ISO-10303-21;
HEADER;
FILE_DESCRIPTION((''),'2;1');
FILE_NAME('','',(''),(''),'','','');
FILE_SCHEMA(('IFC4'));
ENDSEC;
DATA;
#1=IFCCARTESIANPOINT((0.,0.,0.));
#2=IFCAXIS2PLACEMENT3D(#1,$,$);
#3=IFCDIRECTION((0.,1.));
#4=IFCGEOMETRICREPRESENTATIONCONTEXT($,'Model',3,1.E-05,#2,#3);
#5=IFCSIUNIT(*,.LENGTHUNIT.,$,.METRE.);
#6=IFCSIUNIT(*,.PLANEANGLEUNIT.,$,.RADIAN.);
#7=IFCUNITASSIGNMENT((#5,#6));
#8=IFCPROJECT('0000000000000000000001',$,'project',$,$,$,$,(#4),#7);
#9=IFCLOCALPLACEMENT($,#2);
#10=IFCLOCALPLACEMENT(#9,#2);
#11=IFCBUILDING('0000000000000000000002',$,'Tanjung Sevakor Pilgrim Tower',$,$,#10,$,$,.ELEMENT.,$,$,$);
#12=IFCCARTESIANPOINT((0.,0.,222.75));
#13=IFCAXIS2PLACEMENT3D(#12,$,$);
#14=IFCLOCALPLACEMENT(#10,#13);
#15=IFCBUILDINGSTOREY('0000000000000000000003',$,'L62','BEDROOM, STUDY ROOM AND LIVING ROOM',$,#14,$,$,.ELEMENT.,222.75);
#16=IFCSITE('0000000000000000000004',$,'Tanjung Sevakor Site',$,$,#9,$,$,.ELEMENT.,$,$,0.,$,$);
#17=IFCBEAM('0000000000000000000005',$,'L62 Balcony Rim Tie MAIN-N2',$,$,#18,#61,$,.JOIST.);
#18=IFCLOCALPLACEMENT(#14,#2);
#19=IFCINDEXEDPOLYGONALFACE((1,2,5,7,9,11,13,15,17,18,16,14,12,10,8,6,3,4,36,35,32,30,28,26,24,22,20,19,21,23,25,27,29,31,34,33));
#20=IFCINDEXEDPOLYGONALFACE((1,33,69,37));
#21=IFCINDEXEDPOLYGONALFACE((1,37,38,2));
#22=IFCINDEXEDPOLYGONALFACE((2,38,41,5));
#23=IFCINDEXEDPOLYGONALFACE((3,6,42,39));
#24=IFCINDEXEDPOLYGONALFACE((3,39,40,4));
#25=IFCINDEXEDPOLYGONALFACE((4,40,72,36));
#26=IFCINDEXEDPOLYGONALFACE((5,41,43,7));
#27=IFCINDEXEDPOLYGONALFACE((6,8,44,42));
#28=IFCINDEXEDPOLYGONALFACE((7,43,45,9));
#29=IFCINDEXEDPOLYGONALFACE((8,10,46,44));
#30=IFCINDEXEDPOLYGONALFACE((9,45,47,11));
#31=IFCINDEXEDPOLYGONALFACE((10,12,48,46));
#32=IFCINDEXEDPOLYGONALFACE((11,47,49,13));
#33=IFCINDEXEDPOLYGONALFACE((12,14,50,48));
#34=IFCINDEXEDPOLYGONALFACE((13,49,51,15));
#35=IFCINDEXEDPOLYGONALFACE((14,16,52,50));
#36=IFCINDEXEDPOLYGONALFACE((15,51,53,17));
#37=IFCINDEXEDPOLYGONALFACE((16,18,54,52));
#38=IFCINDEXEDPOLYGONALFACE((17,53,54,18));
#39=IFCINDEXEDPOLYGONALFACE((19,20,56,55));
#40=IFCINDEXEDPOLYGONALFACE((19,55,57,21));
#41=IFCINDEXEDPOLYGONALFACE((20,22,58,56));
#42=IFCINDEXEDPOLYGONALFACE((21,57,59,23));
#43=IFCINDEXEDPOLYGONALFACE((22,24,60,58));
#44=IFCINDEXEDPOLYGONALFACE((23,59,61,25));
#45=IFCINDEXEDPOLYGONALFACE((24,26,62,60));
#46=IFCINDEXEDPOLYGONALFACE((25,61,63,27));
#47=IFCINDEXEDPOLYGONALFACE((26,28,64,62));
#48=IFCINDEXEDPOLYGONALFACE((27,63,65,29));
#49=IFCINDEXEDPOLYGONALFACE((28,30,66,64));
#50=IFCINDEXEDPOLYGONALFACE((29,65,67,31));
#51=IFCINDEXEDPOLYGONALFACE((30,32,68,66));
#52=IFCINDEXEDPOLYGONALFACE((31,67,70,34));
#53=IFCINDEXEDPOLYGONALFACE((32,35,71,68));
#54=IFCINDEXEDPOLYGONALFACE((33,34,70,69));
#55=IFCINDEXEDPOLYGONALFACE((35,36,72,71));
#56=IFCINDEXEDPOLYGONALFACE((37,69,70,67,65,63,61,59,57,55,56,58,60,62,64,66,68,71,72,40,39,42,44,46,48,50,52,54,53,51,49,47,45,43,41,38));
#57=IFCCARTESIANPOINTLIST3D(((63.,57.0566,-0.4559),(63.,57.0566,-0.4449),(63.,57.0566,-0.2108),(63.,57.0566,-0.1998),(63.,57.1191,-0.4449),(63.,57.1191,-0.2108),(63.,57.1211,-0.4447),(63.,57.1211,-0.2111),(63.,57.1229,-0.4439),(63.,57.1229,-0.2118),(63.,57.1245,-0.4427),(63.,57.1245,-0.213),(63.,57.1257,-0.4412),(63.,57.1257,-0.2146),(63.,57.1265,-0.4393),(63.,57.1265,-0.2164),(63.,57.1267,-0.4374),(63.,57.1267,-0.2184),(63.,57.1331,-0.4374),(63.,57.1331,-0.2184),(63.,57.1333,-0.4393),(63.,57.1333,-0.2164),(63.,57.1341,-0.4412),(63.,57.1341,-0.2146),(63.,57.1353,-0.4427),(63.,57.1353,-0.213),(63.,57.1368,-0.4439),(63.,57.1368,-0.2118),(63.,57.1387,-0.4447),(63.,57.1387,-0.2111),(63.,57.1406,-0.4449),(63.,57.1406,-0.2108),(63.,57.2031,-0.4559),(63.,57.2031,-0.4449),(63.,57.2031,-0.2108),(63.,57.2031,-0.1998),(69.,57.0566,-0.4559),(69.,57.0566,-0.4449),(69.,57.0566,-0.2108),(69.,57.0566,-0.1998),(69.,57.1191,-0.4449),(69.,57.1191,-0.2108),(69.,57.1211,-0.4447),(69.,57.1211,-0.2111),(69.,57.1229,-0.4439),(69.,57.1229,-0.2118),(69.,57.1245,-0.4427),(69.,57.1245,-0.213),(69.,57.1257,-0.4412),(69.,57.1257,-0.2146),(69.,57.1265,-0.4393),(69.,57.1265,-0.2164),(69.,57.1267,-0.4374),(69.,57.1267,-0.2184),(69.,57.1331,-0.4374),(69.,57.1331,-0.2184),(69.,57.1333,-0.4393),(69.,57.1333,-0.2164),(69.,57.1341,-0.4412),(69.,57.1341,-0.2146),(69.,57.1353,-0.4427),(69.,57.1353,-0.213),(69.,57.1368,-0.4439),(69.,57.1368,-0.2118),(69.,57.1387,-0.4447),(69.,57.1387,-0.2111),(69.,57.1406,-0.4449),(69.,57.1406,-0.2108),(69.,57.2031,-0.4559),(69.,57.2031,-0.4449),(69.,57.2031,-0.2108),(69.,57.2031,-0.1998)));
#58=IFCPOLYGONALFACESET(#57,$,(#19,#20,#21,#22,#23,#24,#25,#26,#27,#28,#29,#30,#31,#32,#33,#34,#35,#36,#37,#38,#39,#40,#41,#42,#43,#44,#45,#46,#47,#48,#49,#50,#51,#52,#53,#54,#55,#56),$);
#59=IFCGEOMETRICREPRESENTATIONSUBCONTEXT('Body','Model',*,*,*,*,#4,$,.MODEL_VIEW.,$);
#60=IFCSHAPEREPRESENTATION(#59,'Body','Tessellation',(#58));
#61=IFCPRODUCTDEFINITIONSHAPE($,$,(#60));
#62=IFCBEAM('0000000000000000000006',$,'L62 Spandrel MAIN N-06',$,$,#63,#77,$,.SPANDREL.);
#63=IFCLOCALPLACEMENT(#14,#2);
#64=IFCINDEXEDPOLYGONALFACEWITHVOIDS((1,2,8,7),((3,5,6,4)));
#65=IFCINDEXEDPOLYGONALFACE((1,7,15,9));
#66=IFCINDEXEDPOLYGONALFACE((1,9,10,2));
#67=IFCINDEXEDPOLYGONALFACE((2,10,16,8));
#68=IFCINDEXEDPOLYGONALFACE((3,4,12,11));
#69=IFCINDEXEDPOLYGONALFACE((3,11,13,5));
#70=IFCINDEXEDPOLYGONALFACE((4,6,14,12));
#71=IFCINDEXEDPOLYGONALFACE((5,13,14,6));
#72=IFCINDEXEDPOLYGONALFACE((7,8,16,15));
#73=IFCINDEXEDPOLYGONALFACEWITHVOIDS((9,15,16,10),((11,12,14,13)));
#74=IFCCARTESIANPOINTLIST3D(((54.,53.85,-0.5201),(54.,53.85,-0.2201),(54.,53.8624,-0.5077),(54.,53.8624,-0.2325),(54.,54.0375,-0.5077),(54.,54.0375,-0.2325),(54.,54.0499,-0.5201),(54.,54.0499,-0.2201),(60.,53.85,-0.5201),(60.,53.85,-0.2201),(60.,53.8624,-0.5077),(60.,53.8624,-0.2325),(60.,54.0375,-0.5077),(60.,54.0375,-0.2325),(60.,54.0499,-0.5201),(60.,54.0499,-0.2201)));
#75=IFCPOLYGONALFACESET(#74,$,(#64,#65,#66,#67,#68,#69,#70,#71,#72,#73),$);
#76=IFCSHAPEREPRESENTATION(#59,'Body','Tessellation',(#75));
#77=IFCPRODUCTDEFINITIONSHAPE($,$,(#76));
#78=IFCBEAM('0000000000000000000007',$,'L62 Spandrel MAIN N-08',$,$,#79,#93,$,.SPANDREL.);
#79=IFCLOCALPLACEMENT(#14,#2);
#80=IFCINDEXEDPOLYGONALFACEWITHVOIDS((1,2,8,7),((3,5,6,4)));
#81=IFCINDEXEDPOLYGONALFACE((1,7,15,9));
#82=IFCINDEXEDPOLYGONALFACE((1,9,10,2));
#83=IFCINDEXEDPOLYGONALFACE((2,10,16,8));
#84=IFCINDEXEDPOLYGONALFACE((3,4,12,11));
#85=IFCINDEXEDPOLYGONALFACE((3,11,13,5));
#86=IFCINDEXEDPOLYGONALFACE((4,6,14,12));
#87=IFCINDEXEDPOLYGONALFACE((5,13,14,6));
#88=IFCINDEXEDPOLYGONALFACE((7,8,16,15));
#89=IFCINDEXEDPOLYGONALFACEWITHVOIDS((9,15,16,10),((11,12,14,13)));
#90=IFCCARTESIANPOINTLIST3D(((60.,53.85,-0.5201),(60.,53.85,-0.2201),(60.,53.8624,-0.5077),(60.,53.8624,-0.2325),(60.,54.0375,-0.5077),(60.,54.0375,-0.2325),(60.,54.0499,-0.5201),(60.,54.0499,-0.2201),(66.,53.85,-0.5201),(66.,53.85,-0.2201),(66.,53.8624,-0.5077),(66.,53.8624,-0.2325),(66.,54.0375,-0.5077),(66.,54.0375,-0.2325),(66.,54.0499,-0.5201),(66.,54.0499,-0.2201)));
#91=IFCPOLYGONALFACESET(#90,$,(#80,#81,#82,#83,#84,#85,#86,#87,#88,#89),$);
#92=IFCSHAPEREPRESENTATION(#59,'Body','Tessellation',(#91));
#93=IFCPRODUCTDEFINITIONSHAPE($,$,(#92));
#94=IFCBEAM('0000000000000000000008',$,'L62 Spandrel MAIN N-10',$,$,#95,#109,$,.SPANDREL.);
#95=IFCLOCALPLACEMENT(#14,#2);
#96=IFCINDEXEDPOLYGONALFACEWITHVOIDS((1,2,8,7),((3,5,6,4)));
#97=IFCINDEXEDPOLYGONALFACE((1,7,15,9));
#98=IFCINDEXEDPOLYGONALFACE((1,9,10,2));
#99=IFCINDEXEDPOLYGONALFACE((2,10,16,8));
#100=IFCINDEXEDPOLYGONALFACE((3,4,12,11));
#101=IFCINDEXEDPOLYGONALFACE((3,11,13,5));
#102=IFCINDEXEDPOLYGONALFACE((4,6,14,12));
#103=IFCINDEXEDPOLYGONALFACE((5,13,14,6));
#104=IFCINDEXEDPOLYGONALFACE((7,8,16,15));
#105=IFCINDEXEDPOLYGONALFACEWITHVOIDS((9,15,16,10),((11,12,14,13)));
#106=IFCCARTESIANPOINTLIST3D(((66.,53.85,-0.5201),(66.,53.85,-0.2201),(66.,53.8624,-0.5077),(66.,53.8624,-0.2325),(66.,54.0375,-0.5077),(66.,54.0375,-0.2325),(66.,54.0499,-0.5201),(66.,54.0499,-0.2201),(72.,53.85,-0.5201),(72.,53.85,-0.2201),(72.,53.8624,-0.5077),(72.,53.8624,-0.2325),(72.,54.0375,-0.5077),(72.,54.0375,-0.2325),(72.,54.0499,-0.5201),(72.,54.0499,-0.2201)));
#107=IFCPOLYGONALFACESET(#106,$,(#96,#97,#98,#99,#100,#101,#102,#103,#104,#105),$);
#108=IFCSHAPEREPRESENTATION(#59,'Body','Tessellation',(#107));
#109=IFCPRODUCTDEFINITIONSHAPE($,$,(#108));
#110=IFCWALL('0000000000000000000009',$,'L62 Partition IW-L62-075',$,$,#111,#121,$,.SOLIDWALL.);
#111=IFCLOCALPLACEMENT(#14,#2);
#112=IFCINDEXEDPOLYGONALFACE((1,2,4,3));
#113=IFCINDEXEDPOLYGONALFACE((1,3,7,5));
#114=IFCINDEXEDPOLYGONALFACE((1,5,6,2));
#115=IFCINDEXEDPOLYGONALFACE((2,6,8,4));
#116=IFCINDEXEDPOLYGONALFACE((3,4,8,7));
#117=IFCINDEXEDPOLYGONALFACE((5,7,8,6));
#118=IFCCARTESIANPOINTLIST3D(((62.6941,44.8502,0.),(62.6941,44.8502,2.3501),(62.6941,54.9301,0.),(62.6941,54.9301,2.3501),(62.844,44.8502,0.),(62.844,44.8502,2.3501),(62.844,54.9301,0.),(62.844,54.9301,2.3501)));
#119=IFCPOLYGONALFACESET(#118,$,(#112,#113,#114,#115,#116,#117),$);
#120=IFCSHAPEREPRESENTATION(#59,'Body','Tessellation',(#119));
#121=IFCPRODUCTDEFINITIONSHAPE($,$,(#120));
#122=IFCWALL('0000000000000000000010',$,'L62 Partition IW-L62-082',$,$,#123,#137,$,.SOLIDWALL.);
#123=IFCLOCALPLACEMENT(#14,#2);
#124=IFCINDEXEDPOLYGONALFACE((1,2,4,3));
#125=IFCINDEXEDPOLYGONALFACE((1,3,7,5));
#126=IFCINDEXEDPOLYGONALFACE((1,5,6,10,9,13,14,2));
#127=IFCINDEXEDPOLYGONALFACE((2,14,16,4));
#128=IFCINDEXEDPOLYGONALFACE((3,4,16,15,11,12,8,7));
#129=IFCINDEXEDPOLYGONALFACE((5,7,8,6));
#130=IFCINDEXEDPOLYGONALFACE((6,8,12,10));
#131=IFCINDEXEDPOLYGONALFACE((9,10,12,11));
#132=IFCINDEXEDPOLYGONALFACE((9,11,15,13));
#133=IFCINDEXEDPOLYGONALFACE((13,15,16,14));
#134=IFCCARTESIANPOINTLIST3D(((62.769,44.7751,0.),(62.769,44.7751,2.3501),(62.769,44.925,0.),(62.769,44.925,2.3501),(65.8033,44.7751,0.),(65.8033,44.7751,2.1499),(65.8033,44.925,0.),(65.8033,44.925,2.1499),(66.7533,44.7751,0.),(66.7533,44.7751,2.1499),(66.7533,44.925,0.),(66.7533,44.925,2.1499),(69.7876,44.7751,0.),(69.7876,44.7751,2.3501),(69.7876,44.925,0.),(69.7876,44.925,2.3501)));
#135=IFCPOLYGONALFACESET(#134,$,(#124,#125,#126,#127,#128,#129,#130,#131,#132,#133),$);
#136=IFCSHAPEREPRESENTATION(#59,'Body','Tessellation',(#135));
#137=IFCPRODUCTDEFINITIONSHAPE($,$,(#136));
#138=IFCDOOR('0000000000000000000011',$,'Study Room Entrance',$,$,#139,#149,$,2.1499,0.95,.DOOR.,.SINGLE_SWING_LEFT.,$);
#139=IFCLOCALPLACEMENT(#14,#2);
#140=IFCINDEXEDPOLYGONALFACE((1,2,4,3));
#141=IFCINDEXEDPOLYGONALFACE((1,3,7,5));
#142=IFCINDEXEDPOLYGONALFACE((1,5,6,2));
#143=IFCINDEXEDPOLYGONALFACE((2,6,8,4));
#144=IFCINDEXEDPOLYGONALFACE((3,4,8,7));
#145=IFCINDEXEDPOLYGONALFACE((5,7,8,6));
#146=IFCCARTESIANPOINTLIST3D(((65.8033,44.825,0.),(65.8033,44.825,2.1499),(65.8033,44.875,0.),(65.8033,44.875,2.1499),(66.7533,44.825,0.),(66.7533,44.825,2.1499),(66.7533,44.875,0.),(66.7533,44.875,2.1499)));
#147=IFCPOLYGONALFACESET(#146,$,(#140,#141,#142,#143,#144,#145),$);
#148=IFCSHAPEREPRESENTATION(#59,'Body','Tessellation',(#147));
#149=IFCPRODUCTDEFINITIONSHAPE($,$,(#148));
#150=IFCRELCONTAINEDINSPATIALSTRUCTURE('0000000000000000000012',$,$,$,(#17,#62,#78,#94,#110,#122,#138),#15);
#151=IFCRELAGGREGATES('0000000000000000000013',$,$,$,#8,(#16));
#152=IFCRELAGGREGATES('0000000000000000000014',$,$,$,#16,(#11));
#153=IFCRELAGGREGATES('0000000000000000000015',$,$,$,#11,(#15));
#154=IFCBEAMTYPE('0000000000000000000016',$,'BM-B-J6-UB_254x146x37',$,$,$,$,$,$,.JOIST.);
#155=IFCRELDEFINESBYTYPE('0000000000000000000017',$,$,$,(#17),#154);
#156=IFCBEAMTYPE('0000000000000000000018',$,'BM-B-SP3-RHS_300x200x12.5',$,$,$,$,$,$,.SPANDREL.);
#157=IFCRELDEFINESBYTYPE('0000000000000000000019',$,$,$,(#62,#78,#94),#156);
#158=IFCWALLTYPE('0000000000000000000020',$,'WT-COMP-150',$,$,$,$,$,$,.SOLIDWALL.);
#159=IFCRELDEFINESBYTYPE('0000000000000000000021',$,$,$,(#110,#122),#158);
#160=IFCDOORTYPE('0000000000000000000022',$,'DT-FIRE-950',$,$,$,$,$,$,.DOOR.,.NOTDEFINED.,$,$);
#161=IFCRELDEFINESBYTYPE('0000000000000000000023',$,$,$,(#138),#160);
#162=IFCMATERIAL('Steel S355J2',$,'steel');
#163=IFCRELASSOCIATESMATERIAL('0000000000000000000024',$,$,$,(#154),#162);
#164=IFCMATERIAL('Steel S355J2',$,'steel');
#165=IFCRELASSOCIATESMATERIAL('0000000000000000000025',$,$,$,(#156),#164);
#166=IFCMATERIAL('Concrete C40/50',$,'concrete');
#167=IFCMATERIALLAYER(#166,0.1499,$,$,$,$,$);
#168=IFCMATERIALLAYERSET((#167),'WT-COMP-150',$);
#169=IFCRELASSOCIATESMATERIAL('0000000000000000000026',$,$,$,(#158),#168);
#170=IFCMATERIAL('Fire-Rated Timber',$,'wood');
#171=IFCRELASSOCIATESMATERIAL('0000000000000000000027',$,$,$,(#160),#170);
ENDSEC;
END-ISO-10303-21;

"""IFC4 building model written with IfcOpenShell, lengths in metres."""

from ifc_helpers import new_model, si_unit, direction, frame, frame_2d, origin, origin_2d, place, context, subcontext, project, spatial, rectangle, hollow_rectangle, i_section, extrude, material, layer, layer_set, material_profile, profile_set, type_object, element, fill, save


model = new_model("IFC4")

# Units and contexts
model_context = context("Model", 3, precision=1e-05, world=origin(), true_north=direction((0.0, 1.0)))
body_context = subcontext(model_context, "Body", "Model", "MODEL_VIEW")
ifc_project = project(units=[si_unit("LENGTHUNIT", "METRE"), si_unit("PLANEANGLEUNIT", "RADIAN")], contexts=[model_context])

# Site, building, storey
site_placement = place(None, origin())
site = spatial("IfcSite", under=ifc_project, at=site_placement, Name="Tanjung Sevakor Site", CompositionType="ELEMENT", RefElevation=0.0)
building_placement = place(site_placement, origin())
building = spatial("IfcBuilding", under=site, at=building_placement, Name="Tanjung Sevakor Pilgrim Tower", CompositionType="ELEMENT")
storey_placement = place(building_placement, frame((0.0, 0.0, 222.75)))
storey = spatial("IfcBuildingStorey", under=building, at=storey_placement, Name="L62", Description="BEDROOM, STUDY ROOM AND LIVING ROOM", CompositionType="ELEMENT", Elevation=222.75)

# Beams
ifc_material_1 = material(Name="Steel S355J2", Category="steel")
ifc_material_profile_1 = material_profile(ifc_material_1, i_section(OverallWidth=0.1465, OverallDepth=0.2561, WebThickness=0.0063, FlangeThickness=0.011, FilletRadius=0.0076, at=origin_2d()))
ifc_profile_set_1 = profile_set([ifc_material_profile_1], Name="Steel S355J2")
beam_type_1 = type_object("IfcBeamType", Name="BM-B-J6-UB_254x146x37", PredefinedType="JOIST", material=ifc_profile_set_1)
beam_1_placement = place(storey_placement, frame((63.0, 57.1299, -0.3279), z_axis=(1.0, 0.0, 0.0), x_axis=(0.0, 1.0, 0.0)))
element("IfcBeam", 1, at=beam_1_placement, inside=storey, type_object=beam_type_1, Name="L62 Balcony Rim Tie MAIN-N2", PredefinedType="JOIST", context=body_context, shape_type="SweptSolid", body=[
    extrude(i_section(OverallWidth=0.1465, OverallDepth=0.2561, WebThickness=0.0063, FlangeThickness=0.011, FilletRadius=0.0076, at=origin_2d()), origin(), (0.0, 0.0, 1.0), 6.0),
])
ifc_material_2 = material(Name="Steel S355J2", Category="steel")
ifc_material_profile_2 = material_profile(ifc_material_2, hollow_rectangle(XDim=0.2, YDim=0.3, WallThickness=0.0125, at=origin_2d()))
ifc_profile_set_2 = profile_set([ifc_material_profile_2], Name="Steel S355J2")
beam_type_2 = type_object("IfcBeamType", Name="BM-B-SP3-RHS_300x200x12.5", PredefinedType="SPANDREL", material=ifc_profile_set_2)
for number, where, z_axis, x_axis, name in (
    (2, (54.0, 53.95, -0.3701), (1.0, 0.0, 0.0), (0.0, 1.0, 0.0), "L62 Spandrel MAIN N-06"),
    (3, (60.0, 53.95, -0.3701), (1.0, 0.0, 0.0), (0.0, 1.0, 0.0), "L62 Spandrel MAIN N-08"),
    (4, (66.0, 53.95, -0.3701), (1.0, 0.0, 0.0), (0.0, 1.0, 0.0), "L62 Spandrel MAIN N-10"),
):
    element("IfcBeam", number, at=place(storey_placement, frame(where, z_axis=z_axis, x_axis=x_axis)), inside=storey, type_object=beam_type_2, Name=name, PredefinedType="SPANDREL", context=body_context, shape_type="SweptSolid", body=[
        extrude(hollow_rectangle(XDim=0.2, YDim=0.3, WallThickness=0.0125, at=origin_2d()), origin(), (0.0, 0.0, 1.0), 6.0),
    ])

# Wall
ifc_material_3 = material(Name="Concrete C40/50", Category="concrete")
ifc_layer_1 = layer(ifc_material_3, 0.1499)
ifc_layer_set_1 = layer_set([ifc_layer_1], Name="WT-COMP-150")
wall_type_1 = type_object("IfcWallType", Name="WT-COMP-150", PredefinedType="SOLIDWALL", material=ifc_layer_set_1)
wall_1_placement = place(storey_placement, frame((62.769, 44.8501, 0.0), z_axis=(0.0, 0.0, 1.0), x_axis=(0.0, 1.0, 0.0)))
element("IfcWall", 5, at=wall_1_placement, inside=storey, type_object=wall_type_1, Name="L62 Partition IW-L62-075", PredefinedType="SOLIDWALL", context=body_context, shape_type="SweptSolid", body=[
    extrude(rectangle(XDim=10.0798, YDim=0.1499, at=frame_2d((5.04, 0.0))), origin(), (0.0, 0.0, 1.0), 2.3501),
])

# Wall, opening, door
wall_2_placement = place(storey_placement, frame((62.769, 44.8501, 0.0), z_axis=(0.0, 0.0, 1.0), x_axis=(1.0, 0.0, 0.0)))
wall_2 = element("IfcWall", 6, at=wall_2_placement, inside=storey, type_object=wall_type_1, Name="L62 Partition IW-L62-082", PredefinedType="SOLIDWALL", context=body_context, shape_type="SweptSolid", body=[
    extrude(rectangle(XDim=7.0186, YDim=0.1499, at=frame_2d((3.5093, 0.0))), origin(), (0.0, 0.0, 1.0), 2.3501),
])
opening_1_placement = place(wall_2_placement, frame((3.0342, 0.0, 0.0)))
opening_1 = element("IfcOpeningElement", 7, at=opening_1_placement, cuts=wall_2, PredefinedType="OPENING", context=body_context, shape_type="SweptSolid", body=[
    extrude(rectangle(XDim=0.95, YDim=2.1499, at=frame_2d((0.4751, 1.075))), frame((0.0, 0.085, 0.0), z_axis=(0.0, -1.0, 0.0), x_axis=(1.0, 0.0, 0.0)), (0.0, 0.0, 1.0), 0.1699),
])
ifc_material_4 = material(Name="Fire-Rated Timber", Category="wood")
door_type_1 = type_object("IfcDoorType", Name="DT-FIRE-950", OperationType="NOTDEFINED", PredefinedType="DOOR", material=ifc_material_4)
door_1_placement = place(opening_1_placement, origin())
door_1 = element("IfcDoor", 8, at=door_1_placement, inside=storey, type_object=door_type_1, Name="Study Room Entrance", OperationType="SINGLE_SWING_LEFT", OverallHeight=2.1499, OverallWidth=0.95, PredefinedType="DOOR", context=body_context, shape_type="SweptSolid", body=[
    extrude(rectangle(XDim=0.95, YDim=2.1499, at=frame_2d((0.4751, 1.075))), frame((0.0, 0.0249, 0.0), z_axis=(0.0, -1.0, 0.0), x_axis=(1.0, 0.0, 0.0)), (0.0, 0.0, 1.0), 0.05),
])
fill(opening_1, door_1)

save(model, "model.ifc")
